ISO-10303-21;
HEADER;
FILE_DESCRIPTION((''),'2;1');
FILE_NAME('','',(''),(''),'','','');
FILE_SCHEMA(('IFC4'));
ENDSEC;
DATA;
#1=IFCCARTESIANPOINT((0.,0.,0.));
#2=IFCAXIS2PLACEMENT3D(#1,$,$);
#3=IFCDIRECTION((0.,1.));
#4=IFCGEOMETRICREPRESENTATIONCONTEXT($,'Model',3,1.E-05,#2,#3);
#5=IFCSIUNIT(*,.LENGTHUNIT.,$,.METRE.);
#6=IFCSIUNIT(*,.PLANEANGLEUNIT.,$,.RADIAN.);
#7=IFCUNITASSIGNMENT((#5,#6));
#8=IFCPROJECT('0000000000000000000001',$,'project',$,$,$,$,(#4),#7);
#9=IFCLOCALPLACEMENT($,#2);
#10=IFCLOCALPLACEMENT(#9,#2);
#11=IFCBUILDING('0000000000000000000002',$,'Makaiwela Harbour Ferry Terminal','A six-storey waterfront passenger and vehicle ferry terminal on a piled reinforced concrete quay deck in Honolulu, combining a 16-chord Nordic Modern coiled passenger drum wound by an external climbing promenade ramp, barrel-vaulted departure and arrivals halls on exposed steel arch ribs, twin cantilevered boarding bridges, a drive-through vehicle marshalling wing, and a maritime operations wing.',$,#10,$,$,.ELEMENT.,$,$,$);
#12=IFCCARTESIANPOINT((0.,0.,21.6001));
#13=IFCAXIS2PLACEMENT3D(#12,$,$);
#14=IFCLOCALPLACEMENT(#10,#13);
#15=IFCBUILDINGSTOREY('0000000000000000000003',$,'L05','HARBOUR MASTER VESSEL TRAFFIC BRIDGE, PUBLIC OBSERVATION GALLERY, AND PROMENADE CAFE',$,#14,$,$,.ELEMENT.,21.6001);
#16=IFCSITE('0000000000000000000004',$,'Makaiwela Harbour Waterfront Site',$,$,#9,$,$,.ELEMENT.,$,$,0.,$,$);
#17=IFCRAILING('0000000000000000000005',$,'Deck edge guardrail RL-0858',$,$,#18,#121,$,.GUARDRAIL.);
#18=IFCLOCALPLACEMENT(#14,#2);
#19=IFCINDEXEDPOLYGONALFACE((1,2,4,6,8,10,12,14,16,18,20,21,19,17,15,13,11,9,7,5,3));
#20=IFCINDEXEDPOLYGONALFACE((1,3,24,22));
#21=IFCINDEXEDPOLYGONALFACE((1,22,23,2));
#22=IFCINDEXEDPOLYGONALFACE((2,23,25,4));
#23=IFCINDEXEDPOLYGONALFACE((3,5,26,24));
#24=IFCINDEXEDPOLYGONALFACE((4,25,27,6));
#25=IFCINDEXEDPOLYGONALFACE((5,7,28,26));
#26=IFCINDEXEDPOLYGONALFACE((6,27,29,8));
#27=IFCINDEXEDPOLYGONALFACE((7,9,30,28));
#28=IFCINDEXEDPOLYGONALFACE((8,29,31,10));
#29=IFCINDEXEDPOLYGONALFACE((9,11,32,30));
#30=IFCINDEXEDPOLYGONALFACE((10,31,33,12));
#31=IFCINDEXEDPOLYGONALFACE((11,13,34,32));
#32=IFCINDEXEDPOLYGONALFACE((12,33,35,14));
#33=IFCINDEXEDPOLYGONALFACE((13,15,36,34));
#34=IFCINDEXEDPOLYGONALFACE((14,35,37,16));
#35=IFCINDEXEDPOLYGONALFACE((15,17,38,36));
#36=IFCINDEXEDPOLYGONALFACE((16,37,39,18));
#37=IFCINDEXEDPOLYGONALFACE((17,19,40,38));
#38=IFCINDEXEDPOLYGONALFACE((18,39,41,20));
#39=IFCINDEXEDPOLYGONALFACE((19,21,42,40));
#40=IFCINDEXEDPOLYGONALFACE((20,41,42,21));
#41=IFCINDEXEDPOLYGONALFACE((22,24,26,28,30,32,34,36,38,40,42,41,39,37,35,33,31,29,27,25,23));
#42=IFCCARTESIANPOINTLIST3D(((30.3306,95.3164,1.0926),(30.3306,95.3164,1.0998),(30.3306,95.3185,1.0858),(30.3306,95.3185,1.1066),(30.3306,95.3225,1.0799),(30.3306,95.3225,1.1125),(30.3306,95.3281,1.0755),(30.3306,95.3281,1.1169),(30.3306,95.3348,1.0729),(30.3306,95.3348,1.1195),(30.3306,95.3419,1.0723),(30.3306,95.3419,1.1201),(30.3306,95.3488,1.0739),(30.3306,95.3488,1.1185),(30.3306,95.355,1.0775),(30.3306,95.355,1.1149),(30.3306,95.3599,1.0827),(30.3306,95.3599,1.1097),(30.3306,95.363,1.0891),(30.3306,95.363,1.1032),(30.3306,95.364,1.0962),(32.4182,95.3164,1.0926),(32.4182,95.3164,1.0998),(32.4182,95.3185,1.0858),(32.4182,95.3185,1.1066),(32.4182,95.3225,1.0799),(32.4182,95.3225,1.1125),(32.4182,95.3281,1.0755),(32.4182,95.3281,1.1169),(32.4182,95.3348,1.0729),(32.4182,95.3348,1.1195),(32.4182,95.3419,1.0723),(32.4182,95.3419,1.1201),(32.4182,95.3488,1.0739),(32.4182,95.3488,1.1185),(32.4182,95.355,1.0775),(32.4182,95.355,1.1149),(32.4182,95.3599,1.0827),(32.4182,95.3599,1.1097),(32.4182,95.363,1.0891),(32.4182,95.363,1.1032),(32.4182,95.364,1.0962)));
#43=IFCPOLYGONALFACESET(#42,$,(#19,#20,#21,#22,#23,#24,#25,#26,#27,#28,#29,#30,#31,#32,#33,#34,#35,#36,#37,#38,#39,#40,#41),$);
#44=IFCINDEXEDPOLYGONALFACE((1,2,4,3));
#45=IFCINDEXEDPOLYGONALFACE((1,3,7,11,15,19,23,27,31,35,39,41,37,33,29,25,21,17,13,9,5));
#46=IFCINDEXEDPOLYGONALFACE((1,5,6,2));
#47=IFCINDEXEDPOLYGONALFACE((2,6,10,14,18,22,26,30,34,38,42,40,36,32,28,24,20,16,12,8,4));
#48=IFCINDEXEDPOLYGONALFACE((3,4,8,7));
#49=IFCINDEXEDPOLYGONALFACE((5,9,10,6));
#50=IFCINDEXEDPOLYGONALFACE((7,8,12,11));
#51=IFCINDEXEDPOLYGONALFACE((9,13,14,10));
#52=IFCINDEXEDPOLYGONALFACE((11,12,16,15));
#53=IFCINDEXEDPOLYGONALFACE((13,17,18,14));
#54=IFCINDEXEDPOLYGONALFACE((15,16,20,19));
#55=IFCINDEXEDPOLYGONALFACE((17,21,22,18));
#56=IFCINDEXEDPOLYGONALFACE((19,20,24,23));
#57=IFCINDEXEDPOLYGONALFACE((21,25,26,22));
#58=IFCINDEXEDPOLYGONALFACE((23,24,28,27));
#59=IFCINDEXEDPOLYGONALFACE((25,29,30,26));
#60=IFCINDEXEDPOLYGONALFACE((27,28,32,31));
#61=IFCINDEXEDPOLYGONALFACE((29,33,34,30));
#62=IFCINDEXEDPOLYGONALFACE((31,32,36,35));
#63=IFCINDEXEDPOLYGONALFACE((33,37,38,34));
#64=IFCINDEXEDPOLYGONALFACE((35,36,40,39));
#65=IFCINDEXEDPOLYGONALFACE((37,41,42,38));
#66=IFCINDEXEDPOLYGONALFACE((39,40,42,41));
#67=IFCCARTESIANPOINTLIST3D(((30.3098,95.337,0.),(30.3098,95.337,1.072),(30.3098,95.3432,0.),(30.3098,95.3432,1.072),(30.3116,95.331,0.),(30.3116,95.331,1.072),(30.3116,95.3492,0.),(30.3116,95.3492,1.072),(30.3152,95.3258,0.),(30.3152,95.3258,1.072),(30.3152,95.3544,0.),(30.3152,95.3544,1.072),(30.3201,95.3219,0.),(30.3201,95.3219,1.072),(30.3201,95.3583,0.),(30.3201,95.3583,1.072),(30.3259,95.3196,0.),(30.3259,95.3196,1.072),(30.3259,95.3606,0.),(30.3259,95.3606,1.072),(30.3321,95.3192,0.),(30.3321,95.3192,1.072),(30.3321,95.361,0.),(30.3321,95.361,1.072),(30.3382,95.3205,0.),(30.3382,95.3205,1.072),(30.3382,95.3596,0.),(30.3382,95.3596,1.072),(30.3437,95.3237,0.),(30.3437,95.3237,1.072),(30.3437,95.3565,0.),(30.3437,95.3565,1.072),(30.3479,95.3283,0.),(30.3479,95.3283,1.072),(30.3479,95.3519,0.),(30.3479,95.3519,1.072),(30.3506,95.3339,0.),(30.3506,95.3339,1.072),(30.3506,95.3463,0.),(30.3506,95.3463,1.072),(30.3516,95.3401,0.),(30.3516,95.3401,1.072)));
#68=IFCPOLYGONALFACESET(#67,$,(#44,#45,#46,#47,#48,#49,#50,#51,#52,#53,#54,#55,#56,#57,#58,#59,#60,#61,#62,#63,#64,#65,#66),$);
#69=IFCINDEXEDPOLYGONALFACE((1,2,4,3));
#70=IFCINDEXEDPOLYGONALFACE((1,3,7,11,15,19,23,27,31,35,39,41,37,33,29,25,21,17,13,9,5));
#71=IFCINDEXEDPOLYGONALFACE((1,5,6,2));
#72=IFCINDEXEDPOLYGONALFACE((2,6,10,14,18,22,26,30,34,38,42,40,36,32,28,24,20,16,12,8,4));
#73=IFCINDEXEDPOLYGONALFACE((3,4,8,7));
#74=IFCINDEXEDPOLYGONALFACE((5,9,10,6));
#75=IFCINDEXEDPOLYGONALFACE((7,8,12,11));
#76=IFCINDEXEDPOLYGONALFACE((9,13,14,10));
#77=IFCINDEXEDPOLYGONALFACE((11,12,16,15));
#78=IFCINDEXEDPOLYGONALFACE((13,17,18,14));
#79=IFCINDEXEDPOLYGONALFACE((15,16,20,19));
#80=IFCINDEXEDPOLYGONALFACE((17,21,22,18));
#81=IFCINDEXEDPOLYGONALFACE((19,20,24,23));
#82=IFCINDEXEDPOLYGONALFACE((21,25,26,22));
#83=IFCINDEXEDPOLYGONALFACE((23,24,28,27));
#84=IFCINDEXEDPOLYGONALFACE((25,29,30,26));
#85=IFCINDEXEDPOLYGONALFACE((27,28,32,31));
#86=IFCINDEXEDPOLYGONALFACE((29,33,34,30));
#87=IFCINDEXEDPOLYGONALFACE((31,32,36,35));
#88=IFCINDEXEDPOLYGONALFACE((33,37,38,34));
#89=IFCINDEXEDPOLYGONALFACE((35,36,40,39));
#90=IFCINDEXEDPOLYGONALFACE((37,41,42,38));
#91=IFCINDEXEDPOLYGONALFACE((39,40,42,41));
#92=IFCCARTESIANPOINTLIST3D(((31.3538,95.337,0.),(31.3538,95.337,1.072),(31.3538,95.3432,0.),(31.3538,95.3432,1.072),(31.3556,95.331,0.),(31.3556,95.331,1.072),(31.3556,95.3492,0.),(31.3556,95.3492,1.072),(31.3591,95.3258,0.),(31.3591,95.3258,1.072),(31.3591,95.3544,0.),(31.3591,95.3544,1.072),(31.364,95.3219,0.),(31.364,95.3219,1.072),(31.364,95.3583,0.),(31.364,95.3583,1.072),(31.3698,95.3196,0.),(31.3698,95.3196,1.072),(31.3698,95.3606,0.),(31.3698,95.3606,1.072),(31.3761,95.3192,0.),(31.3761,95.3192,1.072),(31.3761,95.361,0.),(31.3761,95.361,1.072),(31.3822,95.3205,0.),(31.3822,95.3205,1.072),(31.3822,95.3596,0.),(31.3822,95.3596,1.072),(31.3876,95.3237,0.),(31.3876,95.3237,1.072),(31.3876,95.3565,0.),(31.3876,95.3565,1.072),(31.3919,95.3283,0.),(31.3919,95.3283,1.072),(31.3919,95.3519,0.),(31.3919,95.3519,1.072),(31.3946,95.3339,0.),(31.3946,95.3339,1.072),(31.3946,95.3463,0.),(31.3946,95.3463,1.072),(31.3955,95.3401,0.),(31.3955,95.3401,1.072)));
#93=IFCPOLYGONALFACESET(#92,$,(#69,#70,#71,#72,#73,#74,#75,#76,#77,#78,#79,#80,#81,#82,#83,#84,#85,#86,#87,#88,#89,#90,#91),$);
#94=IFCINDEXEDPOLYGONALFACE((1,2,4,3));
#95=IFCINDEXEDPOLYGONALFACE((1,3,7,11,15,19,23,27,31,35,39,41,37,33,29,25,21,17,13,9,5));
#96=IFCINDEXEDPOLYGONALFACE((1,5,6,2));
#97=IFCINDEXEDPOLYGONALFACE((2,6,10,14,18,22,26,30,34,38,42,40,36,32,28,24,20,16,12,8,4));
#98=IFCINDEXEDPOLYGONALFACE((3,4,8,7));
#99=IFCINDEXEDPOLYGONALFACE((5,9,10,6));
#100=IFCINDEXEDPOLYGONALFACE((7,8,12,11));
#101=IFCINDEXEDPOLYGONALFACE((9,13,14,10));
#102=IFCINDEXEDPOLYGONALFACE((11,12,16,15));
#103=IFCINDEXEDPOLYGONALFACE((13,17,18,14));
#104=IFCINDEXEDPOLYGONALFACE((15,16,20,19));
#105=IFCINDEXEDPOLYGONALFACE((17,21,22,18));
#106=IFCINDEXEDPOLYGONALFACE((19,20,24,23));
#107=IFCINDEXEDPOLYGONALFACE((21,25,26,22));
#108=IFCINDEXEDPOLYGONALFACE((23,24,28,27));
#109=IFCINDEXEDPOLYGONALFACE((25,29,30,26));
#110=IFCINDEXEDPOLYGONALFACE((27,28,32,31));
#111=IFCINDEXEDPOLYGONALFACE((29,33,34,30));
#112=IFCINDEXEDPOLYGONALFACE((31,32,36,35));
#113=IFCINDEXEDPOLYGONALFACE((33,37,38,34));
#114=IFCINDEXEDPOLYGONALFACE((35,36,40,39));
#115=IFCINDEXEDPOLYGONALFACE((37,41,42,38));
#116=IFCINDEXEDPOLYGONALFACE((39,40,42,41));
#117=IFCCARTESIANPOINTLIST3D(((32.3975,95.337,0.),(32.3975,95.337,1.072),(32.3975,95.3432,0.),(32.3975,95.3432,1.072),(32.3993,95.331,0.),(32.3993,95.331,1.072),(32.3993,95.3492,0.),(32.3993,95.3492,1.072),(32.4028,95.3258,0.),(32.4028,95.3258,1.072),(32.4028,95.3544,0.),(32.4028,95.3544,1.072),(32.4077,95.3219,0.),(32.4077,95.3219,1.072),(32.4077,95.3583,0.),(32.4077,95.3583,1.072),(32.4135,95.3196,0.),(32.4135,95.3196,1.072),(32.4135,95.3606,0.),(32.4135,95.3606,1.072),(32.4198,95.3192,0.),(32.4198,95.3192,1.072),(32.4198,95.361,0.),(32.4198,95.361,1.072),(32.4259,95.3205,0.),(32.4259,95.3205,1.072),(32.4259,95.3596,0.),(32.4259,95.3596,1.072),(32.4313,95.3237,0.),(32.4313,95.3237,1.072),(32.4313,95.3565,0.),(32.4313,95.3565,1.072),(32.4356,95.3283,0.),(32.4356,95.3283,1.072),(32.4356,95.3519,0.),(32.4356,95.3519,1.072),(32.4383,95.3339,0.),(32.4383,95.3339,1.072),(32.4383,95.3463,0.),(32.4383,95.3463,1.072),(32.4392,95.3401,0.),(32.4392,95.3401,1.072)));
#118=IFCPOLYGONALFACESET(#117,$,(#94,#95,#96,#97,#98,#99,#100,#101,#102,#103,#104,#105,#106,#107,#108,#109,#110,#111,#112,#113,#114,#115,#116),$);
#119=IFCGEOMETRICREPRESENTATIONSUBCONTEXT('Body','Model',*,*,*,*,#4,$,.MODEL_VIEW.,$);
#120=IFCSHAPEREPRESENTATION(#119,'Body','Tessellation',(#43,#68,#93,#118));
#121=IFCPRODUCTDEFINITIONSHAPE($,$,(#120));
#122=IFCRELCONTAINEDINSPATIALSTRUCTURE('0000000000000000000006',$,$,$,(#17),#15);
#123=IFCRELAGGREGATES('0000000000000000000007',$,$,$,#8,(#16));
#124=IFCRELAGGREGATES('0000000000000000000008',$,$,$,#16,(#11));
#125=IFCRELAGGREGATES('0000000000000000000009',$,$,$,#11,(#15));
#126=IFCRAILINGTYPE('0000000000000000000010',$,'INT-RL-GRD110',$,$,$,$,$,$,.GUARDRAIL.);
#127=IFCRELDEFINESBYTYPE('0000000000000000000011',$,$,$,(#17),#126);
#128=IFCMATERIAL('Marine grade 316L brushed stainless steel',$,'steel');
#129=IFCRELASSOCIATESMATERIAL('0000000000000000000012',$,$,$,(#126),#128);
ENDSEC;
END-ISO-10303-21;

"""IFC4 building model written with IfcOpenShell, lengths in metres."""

from ifc_helpers import new_model, si_unit, direction, frame, origin, origin_2d, place, context, subcontext, project, spatial, circle, extrude, material, type_object, element, save


model = new_model("IFC4")

# Units and contexts
model_context = context("Model", 3, precision=1e-05, world=origin(), true_north=direction((0.0, 1.0)))
body_context = subcontext(model_context, "Body", "Model", "MODEL_VIEW")
ifc_project = project(units=[si_unit("LENGTHUNIT", "METRE"), si_unit("PLANEANGLEUNIT", "RADIAN")], contexts=[model_context])

# Site, building, storey
site_placement = place(None, origin())
site = spatial("IfcSite", under=ifc_project, at=site_placement, Name="Makaiwela Harbour Waterfront Site", CompositionType="ELEMENT", RefElevation=0.0)
building_placement = place(site_placement, origin())
building = spatial("IfcBuilding", under=site, at=building_placement, Name="Makaiwela Harbour Ferry Terminal", Description="A six-storey waterfront passenger and vehicle ferry terminal on a piled reinforced concrete quay deck in Honolulu, combining a 16-chord Nordic Modern coiled passenger drum wound by an external climbing promenade ramp, barrel-vaulted departure and arrivals halls on exposed steel arch ribs, twin cantilevered boarding bridges, a drive-through vehicle marshalling wing, and a maritime operations wing.", CompositionType="ELEMENT")
storey_placement = place(building_placement, frame((0.0, 0.0, 21.6001)))
storey = spatial("IfcBuildingStorey", under=building, at=storey_placement, Name="L05", Description="HARBOUR MASTER VESSEL TRAFFIC BRIDGE, PUBLIC OBSERVATION GALLERY, AND PROMENADE CAFE", CompositionType="ELEMENT", Elevation=21.6001)

# Railing
ifc_material_1 = material(Name="Marine grade 316L brushed stainless steel", Category="steel")
railing_type = type_object("IfcRailingType", Name="INT-RL-GRD110", PredefinedType="GUARDRAIL", material=ifc_material_1)
railing_1_placement = place(storey_placement, frame((30.3306, 95.3401, 0.0)))
element("IfcRailing", 1, at=railing_1_placement, inside=storey, type_object=railing_type, Name="Deck edge guardrail RL-0858", PredefinedType="GUARDRAIL", context=body_context, shape_type="SweptSolid", body=[
    extrude(circle(Radius=0.0239, at=origin_2d()), frame((0.0, 0.0, 1.0962), z_axis=(1.0, 0.0, 0.0), x_axis=(0.0, 1.0, 0.0)), (0.0, 0.0, 1.0), 2.0876),
    extrude(circle(Radius=0.021, at=origin_2d()), origin(), (0.0, 0.0, 1.0), 1.072),
    extrude(circle(Radius=0.021, at=origin_2d()), frame((1.0439, 0.0, 0.0)), (0.0, 0.0, 1.0), 1.072),
    extrude(circle(Radius=0.021, at=origin_2d()), frame((2.0876, 0.0, 0.0)), (0.0, 0.0, 1.0), 1.072),
])

save(model, "model.ifc")
